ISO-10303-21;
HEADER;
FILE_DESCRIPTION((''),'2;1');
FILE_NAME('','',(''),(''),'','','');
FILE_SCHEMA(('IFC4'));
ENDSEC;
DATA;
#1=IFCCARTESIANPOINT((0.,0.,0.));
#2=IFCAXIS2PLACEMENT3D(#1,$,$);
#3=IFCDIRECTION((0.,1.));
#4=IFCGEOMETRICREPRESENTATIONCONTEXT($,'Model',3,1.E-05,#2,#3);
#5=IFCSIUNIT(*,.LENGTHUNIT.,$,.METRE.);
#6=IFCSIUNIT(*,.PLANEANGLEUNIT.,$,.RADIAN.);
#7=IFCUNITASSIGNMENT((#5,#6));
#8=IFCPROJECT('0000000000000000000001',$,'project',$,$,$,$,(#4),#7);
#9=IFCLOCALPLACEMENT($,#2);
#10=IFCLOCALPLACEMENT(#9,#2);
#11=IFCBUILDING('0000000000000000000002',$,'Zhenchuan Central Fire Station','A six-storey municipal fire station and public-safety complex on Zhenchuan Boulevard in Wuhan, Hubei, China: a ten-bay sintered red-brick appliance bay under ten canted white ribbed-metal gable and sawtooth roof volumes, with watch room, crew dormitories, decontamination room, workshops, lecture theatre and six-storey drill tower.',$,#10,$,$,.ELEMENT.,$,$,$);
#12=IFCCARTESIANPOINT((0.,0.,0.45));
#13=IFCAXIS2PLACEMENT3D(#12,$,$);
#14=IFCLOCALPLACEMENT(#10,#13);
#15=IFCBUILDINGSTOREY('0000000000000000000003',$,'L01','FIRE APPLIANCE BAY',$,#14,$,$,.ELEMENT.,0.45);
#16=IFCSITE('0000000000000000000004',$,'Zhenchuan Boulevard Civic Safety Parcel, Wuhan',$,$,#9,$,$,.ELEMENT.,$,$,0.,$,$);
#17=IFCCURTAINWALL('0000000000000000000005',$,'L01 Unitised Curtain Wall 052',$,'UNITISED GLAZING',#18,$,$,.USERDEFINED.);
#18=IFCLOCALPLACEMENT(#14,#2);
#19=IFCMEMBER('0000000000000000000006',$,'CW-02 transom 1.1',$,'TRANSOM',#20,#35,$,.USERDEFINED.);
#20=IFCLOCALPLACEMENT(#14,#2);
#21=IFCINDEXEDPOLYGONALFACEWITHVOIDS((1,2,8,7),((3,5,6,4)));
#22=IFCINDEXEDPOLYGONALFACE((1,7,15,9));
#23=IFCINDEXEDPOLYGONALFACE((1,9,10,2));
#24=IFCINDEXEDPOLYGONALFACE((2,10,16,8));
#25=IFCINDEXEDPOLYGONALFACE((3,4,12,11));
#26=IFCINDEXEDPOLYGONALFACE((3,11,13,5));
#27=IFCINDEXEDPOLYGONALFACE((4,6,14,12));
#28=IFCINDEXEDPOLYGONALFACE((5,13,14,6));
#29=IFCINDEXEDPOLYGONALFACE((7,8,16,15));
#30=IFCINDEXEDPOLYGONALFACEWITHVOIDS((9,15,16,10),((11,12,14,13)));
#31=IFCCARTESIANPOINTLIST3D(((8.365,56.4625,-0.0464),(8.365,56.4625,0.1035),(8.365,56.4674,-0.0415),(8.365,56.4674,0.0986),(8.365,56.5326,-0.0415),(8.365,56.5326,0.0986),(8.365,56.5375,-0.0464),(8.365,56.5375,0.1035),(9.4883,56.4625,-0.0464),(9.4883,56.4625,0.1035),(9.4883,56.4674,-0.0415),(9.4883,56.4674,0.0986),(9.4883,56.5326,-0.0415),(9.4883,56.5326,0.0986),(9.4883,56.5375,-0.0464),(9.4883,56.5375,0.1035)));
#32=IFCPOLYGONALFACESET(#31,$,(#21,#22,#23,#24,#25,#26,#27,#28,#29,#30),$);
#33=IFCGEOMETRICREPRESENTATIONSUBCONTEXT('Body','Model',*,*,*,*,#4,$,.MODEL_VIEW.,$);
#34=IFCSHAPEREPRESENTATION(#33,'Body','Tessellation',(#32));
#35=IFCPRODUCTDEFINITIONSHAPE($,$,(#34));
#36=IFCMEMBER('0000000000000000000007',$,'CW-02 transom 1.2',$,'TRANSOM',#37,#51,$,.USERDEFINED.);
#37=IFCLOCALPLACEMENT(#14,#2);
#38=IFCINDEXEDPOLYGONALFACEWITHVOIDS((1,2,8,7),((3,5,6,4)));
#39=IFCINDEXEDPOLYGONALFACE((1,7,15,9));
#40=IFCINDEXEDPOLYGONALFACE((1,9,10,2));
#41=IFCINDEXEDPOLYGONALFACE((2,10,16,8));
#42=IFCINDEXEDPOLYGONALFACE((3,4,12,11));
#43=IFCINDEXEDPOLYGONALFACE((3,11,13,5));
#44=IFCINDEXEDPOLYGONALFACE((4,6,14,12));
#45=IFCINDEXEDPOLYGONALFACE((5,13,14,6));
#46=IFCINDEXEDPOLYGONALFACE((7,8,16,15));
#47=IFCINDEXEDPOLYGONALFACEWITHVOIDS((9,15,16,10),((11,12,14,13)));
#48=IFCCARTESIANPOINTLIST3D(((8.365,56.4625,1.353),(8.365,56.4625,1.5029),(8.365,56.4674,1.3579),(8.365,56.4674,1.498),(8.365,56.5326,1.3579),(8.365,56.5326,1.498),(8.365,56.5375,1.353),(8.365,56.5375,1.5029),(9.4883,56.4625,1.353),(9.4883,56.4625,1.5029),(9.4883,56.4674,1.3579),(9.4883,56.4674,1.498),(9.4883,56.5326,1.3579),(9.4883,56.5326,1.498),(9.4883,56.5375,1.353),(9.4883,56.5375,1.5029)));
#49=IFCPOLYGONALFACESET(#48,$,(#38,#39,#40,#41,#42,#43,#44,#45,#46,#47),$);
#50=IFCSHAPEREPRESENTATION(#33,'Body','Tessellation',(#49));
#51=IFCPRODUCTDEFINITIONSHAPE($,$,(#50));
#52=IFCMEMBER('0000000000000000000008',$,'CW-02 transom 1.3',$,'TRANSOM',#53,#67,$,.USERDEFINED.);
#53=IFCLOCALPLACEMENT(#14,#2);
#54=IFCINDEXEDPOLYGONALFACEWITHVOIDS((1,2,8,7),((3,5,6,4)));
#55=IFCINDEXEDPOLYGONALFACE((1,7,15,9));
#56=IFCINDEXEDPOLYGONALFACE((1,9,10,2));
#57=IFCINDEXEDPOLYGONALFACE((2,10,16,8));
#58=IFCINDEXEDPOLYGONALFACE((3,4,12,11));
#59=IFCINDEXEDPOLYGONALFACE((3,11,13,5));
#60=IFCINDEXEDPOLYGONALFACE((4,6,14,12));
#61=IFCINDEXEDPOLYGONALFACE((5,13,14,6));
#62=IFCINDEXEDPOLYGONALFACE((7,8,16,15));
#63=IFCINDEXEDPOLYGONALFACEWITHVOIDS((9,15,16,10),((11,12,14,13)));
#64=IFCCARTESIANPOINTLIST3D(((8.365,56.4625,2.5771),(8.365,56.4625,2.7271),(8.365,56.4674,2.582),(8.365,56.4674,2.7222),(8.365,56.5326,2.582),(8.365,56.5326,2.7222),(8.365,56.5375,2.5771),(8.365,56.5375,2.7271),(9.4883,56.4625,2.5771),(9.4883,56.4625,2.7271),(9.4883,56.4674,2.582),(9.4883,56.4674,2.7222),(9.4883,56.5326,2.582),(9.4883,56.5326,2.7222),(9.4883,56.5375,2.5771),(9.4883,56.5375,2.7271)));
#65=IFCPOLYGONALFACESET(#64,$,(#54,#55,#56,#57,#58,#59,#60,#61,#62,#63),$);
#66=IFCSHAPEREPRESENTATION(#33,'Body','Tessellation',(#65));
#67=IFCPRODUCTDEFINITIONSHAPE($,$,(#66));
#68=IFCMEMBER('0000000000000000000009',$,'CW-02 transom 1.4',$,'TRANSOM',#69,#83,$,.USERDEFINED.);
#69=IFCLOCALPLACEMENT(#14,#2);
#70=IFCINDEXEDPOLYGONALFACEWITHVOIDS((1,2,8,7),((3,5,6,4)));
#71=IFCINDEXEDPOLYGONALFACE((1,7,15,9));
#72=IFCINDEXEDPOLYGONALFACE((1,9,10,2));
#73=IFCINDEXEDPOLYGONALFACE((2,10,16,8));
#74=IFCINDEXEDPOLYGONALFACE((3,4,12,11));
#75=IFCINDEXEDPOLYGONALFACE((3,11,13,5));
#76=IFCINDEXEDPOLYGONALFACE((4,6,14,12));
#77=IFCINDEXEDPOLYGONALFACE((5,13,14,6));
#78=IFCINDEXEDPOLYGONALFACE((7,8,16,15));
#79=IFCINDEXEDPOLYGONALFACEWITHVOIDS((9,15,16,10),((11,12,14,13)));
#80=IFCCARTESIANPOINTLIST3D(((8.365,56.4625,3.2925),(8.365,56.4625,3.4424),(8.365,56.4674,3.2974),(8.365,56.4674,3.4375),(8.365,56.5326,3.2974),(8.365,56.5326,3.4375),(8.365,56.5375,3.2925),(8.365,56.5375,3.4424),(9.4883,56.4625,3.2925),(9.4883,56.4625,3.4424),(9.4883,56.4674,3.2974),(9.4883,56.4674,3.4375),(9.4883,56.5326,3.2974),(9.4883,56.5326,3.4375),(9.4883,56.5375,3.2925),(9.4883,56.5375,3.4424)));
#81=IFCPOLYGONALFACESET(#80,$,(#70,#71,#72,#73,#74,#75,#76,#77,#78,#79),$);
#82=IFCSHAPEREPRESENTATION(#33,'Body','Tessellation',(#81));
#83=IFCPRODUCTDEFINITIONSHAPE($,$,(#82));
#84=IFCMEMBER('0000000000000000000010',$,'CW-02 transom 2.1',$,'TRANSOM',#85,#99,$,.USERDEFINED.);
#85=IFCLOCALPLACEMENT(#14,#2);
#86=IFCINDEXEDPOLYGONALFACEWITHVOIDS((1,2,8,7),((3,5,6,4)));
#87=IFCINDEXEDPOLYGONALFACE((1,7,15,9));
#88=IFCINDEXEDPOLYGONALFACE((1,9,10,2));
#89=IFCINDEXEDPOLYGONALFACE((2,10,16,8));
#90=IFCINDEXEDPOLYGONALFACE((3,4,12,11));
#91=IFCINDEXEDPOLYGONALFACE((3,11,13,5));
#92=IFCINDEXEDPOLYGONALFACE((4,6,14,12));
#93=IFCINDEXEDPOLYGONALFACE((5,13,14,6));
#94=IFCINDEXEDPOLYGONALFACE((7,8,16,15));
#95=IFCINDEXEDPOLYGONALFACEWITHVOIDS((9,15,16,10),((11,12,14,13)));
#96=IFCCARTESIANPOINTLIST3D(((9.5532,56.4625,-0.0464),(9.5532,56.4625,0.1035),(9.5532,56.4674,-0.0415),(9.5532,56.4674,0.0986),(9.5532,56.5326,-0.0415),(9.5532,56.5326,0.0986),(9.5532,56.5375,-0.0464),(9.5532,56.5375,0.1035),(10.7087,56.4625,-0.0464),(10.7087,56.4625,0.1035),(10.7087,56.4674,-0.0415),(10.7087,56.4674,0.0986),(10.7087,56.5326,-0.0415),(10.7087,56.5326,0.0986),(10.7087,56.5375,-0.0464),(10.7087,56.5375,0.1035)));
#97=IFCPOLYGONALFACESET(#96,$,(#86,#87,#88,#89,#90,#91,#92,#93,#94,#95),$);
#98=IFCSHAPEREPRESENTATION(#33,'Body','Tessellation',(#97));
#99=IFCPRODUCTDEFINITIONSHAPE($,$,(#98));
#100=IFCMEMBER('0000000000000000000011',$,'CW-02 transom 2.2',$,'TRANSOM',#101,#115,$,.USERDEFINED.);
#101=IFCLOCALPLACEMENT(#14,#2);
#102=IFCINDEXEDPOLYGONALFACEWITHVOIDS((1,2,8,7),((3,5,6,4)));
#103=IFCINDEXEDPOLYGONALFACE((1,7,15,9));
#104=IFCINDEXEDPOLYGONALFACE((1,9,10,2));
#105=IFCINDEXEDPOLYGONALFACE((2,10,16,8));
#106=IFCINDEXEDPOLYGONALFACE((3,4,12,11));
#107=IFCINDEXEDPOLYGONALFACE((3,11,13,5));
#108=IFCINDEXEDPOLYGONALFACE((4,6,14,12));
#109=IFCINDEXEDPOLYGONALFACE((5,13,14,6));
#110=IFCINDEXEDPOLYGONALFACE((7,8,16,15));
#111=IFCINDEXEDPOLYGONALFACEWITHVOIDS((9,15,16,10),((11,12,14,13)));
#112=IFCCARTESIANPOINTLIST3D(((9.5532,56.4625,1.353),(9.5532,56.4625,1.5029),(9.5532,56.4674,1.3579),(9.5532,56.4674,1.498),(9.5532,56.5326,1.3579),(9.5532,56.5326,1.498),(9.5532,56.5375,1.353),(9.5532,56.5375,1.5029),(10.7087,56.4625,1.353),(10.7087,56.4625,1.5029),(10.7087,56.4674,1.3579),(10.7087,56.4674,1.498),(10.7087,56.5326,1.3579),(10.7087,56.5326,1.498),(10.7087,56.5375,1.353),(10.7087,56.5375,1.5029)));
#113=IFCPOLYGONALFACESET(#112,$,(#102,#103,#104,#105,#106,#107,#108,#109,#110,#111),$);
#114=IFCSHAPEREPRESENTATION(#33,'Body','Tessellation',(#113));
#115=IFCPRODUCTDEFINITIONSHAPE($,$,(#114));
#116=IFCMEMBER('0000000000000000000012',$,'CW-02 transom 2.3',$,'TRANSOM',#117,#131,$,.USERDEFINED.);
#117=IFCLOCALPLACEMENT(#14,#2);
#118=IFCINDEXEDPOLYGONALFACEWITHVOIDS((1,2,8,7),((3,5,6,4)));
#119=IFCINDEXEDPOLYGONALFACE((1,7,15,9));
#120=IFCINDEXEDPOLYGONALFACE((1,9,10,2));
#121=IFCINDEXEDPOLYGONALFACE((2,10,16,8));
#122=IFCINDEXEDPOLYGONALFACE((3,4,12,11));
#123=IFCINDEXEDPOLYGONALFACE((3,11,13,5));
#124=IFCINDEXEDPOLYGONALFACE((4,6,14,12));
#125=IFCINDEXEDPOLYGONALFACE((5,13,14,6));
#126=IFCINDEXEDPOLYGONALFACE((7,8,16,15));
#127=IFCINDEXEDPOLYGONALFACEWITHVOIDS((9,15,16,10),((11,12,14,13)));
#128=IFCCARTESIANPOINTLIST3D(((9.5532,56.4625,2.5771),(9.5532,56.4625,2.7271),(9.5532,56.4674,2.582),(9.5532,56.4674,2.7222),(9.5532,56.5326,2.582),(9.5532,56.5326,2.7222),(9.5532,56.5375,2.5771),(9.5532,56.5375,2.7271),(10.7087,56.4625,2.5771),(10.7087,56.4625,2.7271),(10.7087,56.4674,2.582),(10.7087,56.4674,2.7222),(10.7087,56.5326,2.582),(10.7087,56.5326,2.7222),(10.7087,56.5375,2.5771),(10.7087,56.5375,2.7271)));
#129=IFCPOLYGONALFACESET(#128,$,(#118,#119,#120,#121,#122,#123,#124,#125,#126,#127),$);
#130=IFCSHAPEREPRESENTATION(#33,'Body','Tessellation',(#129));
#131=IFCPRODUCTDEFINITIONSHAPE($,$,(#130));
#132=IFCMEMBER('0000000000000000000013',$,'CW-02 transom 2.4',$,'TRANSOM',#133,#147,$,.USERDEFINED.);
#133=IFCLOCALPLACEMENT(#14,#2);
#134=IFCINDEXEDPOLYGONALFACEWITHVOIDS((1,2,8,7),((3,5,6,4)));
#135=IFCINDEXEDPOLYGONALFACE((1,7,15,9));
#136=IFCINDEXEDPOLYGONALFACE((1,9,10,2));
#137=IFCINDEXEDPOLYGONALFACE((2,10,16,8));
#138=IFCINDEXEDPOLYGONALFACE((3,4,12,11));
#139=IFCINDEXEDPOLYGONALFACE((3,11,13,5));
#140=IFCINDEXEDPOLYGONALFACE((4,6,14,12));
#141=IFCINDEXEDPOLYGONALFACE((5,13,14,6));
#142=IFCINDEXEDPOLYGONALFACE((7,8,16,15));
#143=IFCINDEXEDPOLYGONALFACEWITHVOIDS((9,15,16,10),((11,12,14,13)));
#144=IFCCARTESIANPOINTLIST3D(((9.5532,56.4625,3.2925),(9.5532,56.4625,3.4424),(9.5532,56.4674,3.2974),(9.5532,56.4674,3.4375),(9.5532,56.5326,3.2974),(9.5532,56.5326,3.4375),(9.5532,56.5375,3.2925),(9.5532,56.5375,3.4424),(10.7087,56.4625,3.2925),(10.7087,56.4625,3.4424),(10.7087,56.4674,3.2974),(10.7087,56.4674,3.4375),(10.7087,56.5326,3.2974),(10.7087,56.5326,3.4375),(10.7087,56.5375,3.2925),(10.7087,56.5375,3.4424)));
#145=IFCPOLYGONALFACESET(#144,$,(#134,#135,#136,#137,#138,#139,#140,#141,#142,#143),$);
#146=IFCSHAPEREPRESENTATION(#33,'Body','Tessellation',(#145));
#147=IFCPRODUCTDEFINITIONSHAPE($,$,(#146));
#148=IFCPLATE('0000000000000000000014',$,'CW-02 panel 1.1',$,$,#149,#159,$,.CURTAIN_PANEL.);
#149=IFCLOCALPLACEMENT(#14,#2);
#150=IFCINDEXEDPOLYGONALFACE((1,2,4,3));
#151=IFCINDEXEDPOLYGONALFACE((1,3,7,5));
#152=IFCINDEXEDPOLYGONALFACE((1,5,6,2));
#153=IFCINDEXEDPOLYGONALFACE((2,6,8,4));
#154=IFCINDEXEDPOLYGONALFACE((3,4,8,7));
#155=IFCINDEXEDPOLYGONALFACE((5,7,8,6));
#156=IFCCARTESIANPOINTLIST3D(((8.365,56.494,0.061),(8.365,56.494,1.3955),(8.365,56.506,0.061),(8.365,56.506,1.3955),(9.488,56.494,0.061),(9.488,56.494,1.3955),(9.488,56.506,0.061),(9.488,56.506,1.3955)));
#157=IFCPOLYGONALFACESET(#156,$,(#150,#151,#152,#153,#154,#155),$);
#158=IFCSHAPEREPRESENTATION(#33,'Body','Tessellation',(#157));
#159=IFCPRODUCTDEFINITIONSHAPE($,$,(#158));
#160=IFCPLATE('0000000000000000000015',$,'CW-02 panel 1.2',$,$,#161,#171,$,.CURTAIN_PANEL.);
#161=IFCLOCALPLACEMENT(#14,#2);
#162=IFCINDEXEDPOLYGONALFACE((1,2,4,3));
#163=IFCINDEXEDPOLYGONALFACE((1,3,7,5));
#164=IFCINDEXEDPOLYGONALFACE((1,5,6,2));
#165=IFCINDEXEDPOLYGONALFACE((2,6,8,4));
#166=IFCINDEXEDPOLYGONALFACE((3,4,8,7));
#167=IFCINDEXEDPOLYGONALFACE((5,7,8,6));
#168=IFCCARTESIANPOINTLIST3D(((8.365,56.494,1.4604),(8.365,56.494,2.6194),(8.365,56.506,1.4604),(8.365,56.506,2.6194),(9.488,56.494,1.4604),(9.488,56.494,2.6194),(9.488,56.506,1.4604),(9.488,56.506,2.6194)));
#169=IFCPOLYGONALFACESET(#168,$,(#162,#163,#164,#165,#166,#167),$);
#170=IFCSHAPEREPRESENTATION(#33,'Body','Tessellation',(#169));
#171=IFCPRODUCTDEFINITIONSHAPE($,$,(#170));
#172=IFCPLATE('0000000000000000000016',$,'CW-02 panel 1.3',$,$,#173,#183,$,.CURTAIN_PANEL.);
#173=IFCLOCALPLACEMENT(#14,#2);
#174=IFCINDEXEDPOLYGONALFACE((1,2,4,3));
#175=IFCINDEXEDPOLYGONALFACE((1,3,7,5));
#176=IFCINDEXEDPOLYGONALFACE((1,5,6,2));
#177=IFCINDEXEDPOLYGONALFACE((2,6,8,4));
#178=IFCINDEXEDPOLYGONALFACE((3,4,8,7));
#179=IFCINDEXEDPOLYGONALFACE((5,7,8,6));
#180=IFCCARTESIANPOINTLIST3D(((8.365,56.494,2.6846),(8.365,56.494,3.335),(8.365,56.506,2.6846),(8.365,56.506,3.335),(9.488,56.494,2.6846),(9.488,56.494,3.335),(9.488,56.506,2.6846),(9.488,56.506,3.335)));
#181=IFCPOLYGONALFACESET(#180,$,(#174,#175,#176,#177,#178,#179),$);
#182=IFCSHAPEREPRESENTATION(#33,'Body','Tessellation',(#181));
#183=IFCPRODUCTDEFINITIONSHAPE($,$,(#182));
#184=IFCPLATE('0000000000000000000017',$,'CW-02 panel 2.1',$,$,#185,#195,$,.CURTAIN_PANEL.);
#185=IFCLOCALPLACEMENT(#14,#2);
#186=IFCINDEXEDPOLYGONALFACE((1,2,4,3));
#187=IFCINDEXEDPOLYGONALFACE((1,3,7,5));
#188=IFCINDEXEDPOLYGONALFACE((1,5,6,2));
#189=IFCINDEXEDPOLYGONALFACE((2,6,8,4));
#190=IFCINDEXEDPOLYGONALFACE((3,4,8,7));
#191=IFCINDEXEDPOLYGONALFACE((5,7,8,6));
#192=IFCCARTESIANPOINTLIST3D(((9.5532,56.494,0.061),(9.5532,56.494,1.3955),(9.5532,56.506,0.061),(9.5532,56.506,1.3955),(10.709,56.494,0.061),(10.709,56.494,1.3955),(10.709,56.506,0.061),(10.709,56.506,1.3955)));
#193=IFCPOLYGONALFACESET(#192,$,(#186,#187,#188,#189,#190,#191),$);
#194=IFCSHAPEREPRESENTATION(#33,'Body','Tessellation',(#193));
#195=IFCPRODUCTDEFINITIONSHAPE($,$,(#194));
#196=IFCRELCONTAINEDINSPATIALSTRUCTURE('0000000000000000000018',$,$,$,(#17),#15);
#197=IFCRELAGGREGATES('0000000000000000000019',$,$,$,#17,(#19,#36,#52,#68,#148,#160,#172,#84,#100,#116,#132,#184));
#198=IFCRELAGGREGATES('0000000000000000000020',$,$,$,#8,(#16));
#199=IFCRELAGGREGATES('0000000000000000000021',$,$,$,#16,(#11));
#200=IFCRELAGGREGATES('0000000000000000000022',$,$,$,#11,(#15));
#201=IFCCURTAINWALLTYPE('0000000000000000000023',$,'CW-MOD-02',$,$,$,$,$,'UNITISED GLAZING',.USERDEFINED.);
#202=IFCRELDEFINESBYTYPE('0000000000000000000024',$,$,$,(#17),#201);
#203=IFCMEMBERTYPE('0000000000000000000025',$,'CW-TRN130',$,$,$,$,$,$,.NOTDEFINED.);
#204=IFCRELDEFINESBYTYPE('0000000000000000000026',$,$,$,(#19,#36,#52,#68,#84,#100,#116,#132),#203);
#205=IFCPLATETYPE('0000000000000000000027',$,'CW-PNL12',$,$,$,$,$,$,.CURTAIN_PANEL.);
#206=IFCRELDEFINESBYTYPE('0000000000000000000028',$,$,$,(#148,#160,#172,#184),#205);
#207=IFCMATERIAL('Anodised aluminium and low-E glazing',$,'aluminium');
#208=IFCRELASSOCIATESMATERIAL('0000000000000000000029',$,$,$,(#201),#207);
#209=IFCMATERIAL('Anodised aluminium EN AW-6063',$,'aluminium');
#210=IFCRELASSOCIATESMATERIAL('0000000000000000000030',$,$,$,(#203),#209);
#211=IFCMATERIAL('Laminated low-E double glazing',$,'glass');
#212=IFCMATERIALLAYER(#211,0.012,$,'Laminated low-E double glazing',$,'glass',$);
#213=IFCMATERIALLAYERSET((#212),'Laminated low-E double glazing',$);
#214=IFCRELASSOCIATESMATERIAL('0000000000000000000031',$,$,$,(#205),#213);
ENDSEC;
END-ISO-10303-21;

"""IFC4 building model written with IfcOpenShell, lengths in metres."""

from ifc_helpers import new_model, si_unit, direction, frame, origin, origin_2d, place, context, subcontext, project, spatial, rectangle, hollow_rectangle, extrude, material, layer, layer_set, material_profile, profile_set, type_object, element, aggregate, save


model = new_model("IFC4")

# Units and contexts
model_context = context("Model", 3, precision=1e-05, world=origin(), true_north=direction((0.0, 1.0)))
body_context = subcontext(model_context, "Body", "Model", "MODEL_VIEW")
ifc_project = project(units=[si_unit("LENGTHUNIT", "METRE"), si_unit("PLANEANGLEUNIT", "RADIAN")], contexts=[model_context])

# Site, building, storey
site_placement = place(None, origin())
site = spatial("IfcSite", under=ifc_project, at=site_placement, Name="Zhenchuan Boulevard Civic Safety Parcel, Wuhan", CompositionType="ELEMENT", RefElevation=0.0)
building_placement = place(site_placement, origin())
building = spatial("IfcBuilding", under=site, at=building_placement, Name="Zhenchuan Central Fire Station", Description="A six-storey municipal fire station and public-safety complex on Zhenchuan Boulevard in Wuhan, Hubei, China: a ten-bay sintered red-brick appliance bay under ten canted white ribbed-metal gable and sawtooth roof volumes, with watch room, crew dormitories, decontamination room, workshops, lecture theatre and six-storey drill tower.", CompositionType="ELEMENT")
storey_placement = place(building_placement, frame((0.0, 0.0, 0.45)))
storey = spatial("IfcBuildingStorey", under=building, at=storey_placement, Name="L01", Description="FIRE APPLIANCE BAY", CompositionType="ELEMENT", Elevation=0.45)

# Curtain wall, members, plates
ifc_material_1 = material(Name="Anodised aluminium and low-E glazing", Category="aluminium")
curtain_wall_type = type_object("IfcCurtainWallType", Name="CW-MOD-02", ElementType="UNITISED GLAZING", PredefinedType="USERDEFINED", material=ifc_material_1)
curtain_wall_placement = place(storey_placement, origin())
curtain_wall = element("IfcCurtainWall", 1, at=curtain_wall_placement, inside=storey, type_object=curtain_wall_type, Name="L01 Unitised Curtain Wall 052", ObjectType="UNITISED GLAZING", PredefinedType="USERDEFINED")
ifc_material_2 = material(Name="Anodised aluminium EN AW-6063", Category="aluminium")
ifc_material_profile_1 = material_profile(ifc_material_2, hollow_rectangle(XDim=0.075, YDim=0.1499, WallThickness=0.0049, at=origin_2d()), Name="ALU-T 150x75")
ifc_profile_set_1 = profile_set([ifc_material_profile_1], Name="Anodised aluminium EN AW-6063")
member_type_1 = type_object("IfcMemberType", Name="CW-TRN130", PredefinedType="NOTDEFINED", material=ifc_profile_set_1)
member_1_placement = place(storey_placement, frame((8.365, 56.5, 0.0286), z_axis=(1.0, 0.0, 0.0), x_axis=(0.0, 1.0, 0.0)))
member_1 = element("IfcMember", 2, at=member_1_placement, type_object=member_type_1, Name="CW-02 transom 1.1", ObjectType="TRANSOM", PredefinedType="USERDEFINED", context=body_context, shape_type="SweptSolid", body=[
    extrude(hollow_rectangle(XDim=0.075, YDim=0.1499, WallThickness=0.0049, at=origin_2d()), origin(), (0.0, 0.0, 1.0), 1.1233),
])
member_2_placement = place(storey_placement, frame((8.365, 56.5, 1.428), z_axis=(1.0, 0.0, 0.0), x_axis=(0.0, 1.0, 0.0)))
member_2 = element("IfcMember", 3, at=member_2_placement, type_object=member_type_1, Name="CW-02 transom 1.2", ObjectType="TRANSOM", PredefinedType="USERDEFINED", context=body_context, shape_type="SweptSolid", body=[
    extrude(hollow_rectangle(XDim=0.075, YDim=0.1499, WallThickness=0.0049, at=origin_2d()), origin(), (0.0, 0.0, 1.0), 1.1233),
])
member_3_placement = place(storey_placement, frame((8.365, 56.5, 2.6521), z_axis=(1.0, 0.0, 0.0), x_axis=(0.0, 1.0, 0.0)))
member_3 = element("IfcMember", 4, at=member_3_placement, type_object=member_type_1, Name="CW-02 transom 1.3", ObjectType="TRANSOM", PredefinedType="USERDEFINED", context=body_context, shape_type="SweptSolid", body=[
    extrude(hollow_rectangle(XDim=0.075, YDim=0.1499, WallThickness=0.0049, at=origin_2d()), origin(), (0.0, 0.0, 1.0), 1.1233),
])
member_4_placement = place(storey_placement, frame((8.365, 56.5, 3.3674), z_axis=(1.0, 0.0, 0.0), x_axis=(0.0, 1.0, 0.0)))
member_4 = element("IfcMember", 5, at=member_4_placement, type_object=member_type_1, Name="CW-02 transom 1.4", ObjectType="TRANSOM", PredefinedType="USERDEFINED", context=body_context, shape_type="SweptSolid", body=[
    extrude(hollow_rectangle(XDim=0.075, YDim=0.1499, WallThickness=0.0049, at=origin_2d()), origin(), (0.0, 0.0, 1.0), 1.1233),
])
member_5_placement = place(storey_placement, frame((9.5532, 56.5, 0.0286), z_axis=(1.0, 0.0, 0.0), x_axis=(0.0, 1.0, 0.0)))
member_5 = element("IfcMember", 6, at=member_5_placement, type_object=member_type_1, Name="CW-02 transom 2.1", ObjectType="TRANSOM", PredefinedType="USERDEFINED", context=body_context, shape_type="SweptSolid", body=[
    extrude(hollow_rectangle(XDim=0.075, YDim=0.1499, WallThickness=0.0049, at=origin_2d()), origin(), (0.0, 0.0, 1.0), 1.1555),
])
member_6_placement = place(storey_placement, frame((9.5532, 56.5, 1.428), z_axis=(1.0, 0.0, 0.0), x_axis=(0.0, 1.0, 0.0)))
member_6 = element("IfcMember", 7, at=member_6_placement, type_object=member_type_1, Name="CW-02 transom 2.2", ObjectType="TRANSOM", PredefinedType="USERDEFINED", context=body_context, shape_type="SweptSolid", body=[
    extrude(hollow_rectangle(XDim=0.075, YDim=0.1499, WallThickness=0.0049, at=origin_2d()), origin(), (0.0, 0.0, 1.0), 1.1555),
])
member_7_placement = place(storey_placement, frame((9.5532, 56.5, 2.6521), z_axis=(1.0, 0.0, 0.0), x_axis=(0.0, 1.0, 0.0)))
member_7 = element("IfcMember", 8, at=member_7_placement, type_object=member_type_1, Name="CW-02 transom 2.3", ObjectType="TRANSOM", PredefinedType="USERDEFINED", context=body_context, shape_type="SweptSolid", body=[
    extrude(hollow_rectangle(XDim=0.075, YDim=0.1499, WallThickness=0.0049, at=origin_2d()), origin(), (0.0, 0.0, 1.0), 1.1555),
])
member_8_placement = place(storey_placement, frame((9.5532, 56.5, 3.3674), z_axis=(1.0, 0.0, 0.0), x_axis=(0.0, 1.0, 0.0)))
member_8 = element("IfcMember", 9, at=member_8_placement, type_object=member_type_1, Name="CW-02 transom 2.4", ObjectType="TRANSOM", PredefinedType="USERDEFINED", context=body_context, shape_type="SweptSolid", body=[
    extrude(hollow_rectangle(XDim=0.075, YDim=0.1499, WallThickness=0.0049, at=origin_2d()), origin(), (0.0, 0.0, 1.0), 1.1555),
])
ifc_material_3 = material(Name="Laminated low-E double glazing", Category="glass")
ifc_layer_1 = layer(ifc_material_3, 0.012, Name="Laminated low-E double glazing", Category="glass")
ifc_layer_set_1 = layer_set([ifc_layer_1], Name="Laminated low-E double glazing")
plate_type_1 = type_object("IfcPlateType", Name="CW-PNL12", PredefinedType="CURTAIN_PANEL", material=ifc_layer_set_1)
plate_1_placement = place(storey_placement, frame((8.9265, 56.5, 0.061), z_axis=(0.0, 0.0, 1.0), x_axis=(1.0, 0.0, 0.0)))
plate_1 = element("IfcPlate", 10, at=plate_1_placement, type_object=plate_type_1, Name="CW-02 panel 1.1", PredefinedType="CURTAIN_PANEL", context=body_context, shape_type="SweptSolid", body=[
    extrude(rectangle(XDim=1.123, YDim=0.012, at=origin_2d()), origin(), (0.0, 0.0, 1.0), 1.3345),
])
plate_2_placement = place(storey_placement, frame((8.9265, 56.5, 1.4604), z_axis=(0.0, 0.0, 1.0), x_axis=(1.0, 0.0, 0.0)))
plate_2 = element("IfcPlate", 11, at=plate_2_placement, type_object=plate_type_1, Name="CW-02 panel 1.2", PredefinedType="CURTAIN_PANEL", context=body_context, shape_type="SweptSolid", body=[
    extrude(rectangle(XDim=1.123, YDim=0.012, at=origin_2d()), origin(), (0.0, 0.0, 1.0), 1.1589),
])
plate_3_placement = place(storey_placement, frame((8.9265, 56.5, 2.6846), z_axis=(0.0, 0.0, 1.0), x_axis=(1.0, 0.0, 0.0)))
plate_3 = element("IfcPlate", 12, at=plate_3_placement, type_object=plate_type_1, Name="CW-02 panel 1.3", PredefinedType="CURTAIN_PANEL", context=body_context, shape_type="SweptSolid", body=[
    extrude(rectangle(XDim=1.123, YDim=0.012, at=origin_2d()), origin(), (0.0, 0.0, 1.0), 0.6504),
])
plate_4_placement = place(storey_placement, frame((10.1311, 56.5, 0.061), z_axis=(0.0, 0.0, 1.0), x_axis=(1.0, 0.0, 0.0)))
plate_4 = element("IfcPlate", 13, at=plate_4_placement, type_object=plate_type_1, Name="CW-02 panel 2.1", PredefinedType="CURTAIN_PANEL", context=body_context, shape_type="SweptSolid", body=[
    extrude(rectangle(XDim=1.1558, YDim=0.012, at=origin_2d()), origin(), (0.0, 0.0, 1.0), 1.3345),
])
aggregate(curtain_wall, [member_1, member_2, member_3, member_4, plate_1, plate_2, plate_3, member_5, member_6, member_7, member_8, plate_4])

save(model, "model.ifc")
